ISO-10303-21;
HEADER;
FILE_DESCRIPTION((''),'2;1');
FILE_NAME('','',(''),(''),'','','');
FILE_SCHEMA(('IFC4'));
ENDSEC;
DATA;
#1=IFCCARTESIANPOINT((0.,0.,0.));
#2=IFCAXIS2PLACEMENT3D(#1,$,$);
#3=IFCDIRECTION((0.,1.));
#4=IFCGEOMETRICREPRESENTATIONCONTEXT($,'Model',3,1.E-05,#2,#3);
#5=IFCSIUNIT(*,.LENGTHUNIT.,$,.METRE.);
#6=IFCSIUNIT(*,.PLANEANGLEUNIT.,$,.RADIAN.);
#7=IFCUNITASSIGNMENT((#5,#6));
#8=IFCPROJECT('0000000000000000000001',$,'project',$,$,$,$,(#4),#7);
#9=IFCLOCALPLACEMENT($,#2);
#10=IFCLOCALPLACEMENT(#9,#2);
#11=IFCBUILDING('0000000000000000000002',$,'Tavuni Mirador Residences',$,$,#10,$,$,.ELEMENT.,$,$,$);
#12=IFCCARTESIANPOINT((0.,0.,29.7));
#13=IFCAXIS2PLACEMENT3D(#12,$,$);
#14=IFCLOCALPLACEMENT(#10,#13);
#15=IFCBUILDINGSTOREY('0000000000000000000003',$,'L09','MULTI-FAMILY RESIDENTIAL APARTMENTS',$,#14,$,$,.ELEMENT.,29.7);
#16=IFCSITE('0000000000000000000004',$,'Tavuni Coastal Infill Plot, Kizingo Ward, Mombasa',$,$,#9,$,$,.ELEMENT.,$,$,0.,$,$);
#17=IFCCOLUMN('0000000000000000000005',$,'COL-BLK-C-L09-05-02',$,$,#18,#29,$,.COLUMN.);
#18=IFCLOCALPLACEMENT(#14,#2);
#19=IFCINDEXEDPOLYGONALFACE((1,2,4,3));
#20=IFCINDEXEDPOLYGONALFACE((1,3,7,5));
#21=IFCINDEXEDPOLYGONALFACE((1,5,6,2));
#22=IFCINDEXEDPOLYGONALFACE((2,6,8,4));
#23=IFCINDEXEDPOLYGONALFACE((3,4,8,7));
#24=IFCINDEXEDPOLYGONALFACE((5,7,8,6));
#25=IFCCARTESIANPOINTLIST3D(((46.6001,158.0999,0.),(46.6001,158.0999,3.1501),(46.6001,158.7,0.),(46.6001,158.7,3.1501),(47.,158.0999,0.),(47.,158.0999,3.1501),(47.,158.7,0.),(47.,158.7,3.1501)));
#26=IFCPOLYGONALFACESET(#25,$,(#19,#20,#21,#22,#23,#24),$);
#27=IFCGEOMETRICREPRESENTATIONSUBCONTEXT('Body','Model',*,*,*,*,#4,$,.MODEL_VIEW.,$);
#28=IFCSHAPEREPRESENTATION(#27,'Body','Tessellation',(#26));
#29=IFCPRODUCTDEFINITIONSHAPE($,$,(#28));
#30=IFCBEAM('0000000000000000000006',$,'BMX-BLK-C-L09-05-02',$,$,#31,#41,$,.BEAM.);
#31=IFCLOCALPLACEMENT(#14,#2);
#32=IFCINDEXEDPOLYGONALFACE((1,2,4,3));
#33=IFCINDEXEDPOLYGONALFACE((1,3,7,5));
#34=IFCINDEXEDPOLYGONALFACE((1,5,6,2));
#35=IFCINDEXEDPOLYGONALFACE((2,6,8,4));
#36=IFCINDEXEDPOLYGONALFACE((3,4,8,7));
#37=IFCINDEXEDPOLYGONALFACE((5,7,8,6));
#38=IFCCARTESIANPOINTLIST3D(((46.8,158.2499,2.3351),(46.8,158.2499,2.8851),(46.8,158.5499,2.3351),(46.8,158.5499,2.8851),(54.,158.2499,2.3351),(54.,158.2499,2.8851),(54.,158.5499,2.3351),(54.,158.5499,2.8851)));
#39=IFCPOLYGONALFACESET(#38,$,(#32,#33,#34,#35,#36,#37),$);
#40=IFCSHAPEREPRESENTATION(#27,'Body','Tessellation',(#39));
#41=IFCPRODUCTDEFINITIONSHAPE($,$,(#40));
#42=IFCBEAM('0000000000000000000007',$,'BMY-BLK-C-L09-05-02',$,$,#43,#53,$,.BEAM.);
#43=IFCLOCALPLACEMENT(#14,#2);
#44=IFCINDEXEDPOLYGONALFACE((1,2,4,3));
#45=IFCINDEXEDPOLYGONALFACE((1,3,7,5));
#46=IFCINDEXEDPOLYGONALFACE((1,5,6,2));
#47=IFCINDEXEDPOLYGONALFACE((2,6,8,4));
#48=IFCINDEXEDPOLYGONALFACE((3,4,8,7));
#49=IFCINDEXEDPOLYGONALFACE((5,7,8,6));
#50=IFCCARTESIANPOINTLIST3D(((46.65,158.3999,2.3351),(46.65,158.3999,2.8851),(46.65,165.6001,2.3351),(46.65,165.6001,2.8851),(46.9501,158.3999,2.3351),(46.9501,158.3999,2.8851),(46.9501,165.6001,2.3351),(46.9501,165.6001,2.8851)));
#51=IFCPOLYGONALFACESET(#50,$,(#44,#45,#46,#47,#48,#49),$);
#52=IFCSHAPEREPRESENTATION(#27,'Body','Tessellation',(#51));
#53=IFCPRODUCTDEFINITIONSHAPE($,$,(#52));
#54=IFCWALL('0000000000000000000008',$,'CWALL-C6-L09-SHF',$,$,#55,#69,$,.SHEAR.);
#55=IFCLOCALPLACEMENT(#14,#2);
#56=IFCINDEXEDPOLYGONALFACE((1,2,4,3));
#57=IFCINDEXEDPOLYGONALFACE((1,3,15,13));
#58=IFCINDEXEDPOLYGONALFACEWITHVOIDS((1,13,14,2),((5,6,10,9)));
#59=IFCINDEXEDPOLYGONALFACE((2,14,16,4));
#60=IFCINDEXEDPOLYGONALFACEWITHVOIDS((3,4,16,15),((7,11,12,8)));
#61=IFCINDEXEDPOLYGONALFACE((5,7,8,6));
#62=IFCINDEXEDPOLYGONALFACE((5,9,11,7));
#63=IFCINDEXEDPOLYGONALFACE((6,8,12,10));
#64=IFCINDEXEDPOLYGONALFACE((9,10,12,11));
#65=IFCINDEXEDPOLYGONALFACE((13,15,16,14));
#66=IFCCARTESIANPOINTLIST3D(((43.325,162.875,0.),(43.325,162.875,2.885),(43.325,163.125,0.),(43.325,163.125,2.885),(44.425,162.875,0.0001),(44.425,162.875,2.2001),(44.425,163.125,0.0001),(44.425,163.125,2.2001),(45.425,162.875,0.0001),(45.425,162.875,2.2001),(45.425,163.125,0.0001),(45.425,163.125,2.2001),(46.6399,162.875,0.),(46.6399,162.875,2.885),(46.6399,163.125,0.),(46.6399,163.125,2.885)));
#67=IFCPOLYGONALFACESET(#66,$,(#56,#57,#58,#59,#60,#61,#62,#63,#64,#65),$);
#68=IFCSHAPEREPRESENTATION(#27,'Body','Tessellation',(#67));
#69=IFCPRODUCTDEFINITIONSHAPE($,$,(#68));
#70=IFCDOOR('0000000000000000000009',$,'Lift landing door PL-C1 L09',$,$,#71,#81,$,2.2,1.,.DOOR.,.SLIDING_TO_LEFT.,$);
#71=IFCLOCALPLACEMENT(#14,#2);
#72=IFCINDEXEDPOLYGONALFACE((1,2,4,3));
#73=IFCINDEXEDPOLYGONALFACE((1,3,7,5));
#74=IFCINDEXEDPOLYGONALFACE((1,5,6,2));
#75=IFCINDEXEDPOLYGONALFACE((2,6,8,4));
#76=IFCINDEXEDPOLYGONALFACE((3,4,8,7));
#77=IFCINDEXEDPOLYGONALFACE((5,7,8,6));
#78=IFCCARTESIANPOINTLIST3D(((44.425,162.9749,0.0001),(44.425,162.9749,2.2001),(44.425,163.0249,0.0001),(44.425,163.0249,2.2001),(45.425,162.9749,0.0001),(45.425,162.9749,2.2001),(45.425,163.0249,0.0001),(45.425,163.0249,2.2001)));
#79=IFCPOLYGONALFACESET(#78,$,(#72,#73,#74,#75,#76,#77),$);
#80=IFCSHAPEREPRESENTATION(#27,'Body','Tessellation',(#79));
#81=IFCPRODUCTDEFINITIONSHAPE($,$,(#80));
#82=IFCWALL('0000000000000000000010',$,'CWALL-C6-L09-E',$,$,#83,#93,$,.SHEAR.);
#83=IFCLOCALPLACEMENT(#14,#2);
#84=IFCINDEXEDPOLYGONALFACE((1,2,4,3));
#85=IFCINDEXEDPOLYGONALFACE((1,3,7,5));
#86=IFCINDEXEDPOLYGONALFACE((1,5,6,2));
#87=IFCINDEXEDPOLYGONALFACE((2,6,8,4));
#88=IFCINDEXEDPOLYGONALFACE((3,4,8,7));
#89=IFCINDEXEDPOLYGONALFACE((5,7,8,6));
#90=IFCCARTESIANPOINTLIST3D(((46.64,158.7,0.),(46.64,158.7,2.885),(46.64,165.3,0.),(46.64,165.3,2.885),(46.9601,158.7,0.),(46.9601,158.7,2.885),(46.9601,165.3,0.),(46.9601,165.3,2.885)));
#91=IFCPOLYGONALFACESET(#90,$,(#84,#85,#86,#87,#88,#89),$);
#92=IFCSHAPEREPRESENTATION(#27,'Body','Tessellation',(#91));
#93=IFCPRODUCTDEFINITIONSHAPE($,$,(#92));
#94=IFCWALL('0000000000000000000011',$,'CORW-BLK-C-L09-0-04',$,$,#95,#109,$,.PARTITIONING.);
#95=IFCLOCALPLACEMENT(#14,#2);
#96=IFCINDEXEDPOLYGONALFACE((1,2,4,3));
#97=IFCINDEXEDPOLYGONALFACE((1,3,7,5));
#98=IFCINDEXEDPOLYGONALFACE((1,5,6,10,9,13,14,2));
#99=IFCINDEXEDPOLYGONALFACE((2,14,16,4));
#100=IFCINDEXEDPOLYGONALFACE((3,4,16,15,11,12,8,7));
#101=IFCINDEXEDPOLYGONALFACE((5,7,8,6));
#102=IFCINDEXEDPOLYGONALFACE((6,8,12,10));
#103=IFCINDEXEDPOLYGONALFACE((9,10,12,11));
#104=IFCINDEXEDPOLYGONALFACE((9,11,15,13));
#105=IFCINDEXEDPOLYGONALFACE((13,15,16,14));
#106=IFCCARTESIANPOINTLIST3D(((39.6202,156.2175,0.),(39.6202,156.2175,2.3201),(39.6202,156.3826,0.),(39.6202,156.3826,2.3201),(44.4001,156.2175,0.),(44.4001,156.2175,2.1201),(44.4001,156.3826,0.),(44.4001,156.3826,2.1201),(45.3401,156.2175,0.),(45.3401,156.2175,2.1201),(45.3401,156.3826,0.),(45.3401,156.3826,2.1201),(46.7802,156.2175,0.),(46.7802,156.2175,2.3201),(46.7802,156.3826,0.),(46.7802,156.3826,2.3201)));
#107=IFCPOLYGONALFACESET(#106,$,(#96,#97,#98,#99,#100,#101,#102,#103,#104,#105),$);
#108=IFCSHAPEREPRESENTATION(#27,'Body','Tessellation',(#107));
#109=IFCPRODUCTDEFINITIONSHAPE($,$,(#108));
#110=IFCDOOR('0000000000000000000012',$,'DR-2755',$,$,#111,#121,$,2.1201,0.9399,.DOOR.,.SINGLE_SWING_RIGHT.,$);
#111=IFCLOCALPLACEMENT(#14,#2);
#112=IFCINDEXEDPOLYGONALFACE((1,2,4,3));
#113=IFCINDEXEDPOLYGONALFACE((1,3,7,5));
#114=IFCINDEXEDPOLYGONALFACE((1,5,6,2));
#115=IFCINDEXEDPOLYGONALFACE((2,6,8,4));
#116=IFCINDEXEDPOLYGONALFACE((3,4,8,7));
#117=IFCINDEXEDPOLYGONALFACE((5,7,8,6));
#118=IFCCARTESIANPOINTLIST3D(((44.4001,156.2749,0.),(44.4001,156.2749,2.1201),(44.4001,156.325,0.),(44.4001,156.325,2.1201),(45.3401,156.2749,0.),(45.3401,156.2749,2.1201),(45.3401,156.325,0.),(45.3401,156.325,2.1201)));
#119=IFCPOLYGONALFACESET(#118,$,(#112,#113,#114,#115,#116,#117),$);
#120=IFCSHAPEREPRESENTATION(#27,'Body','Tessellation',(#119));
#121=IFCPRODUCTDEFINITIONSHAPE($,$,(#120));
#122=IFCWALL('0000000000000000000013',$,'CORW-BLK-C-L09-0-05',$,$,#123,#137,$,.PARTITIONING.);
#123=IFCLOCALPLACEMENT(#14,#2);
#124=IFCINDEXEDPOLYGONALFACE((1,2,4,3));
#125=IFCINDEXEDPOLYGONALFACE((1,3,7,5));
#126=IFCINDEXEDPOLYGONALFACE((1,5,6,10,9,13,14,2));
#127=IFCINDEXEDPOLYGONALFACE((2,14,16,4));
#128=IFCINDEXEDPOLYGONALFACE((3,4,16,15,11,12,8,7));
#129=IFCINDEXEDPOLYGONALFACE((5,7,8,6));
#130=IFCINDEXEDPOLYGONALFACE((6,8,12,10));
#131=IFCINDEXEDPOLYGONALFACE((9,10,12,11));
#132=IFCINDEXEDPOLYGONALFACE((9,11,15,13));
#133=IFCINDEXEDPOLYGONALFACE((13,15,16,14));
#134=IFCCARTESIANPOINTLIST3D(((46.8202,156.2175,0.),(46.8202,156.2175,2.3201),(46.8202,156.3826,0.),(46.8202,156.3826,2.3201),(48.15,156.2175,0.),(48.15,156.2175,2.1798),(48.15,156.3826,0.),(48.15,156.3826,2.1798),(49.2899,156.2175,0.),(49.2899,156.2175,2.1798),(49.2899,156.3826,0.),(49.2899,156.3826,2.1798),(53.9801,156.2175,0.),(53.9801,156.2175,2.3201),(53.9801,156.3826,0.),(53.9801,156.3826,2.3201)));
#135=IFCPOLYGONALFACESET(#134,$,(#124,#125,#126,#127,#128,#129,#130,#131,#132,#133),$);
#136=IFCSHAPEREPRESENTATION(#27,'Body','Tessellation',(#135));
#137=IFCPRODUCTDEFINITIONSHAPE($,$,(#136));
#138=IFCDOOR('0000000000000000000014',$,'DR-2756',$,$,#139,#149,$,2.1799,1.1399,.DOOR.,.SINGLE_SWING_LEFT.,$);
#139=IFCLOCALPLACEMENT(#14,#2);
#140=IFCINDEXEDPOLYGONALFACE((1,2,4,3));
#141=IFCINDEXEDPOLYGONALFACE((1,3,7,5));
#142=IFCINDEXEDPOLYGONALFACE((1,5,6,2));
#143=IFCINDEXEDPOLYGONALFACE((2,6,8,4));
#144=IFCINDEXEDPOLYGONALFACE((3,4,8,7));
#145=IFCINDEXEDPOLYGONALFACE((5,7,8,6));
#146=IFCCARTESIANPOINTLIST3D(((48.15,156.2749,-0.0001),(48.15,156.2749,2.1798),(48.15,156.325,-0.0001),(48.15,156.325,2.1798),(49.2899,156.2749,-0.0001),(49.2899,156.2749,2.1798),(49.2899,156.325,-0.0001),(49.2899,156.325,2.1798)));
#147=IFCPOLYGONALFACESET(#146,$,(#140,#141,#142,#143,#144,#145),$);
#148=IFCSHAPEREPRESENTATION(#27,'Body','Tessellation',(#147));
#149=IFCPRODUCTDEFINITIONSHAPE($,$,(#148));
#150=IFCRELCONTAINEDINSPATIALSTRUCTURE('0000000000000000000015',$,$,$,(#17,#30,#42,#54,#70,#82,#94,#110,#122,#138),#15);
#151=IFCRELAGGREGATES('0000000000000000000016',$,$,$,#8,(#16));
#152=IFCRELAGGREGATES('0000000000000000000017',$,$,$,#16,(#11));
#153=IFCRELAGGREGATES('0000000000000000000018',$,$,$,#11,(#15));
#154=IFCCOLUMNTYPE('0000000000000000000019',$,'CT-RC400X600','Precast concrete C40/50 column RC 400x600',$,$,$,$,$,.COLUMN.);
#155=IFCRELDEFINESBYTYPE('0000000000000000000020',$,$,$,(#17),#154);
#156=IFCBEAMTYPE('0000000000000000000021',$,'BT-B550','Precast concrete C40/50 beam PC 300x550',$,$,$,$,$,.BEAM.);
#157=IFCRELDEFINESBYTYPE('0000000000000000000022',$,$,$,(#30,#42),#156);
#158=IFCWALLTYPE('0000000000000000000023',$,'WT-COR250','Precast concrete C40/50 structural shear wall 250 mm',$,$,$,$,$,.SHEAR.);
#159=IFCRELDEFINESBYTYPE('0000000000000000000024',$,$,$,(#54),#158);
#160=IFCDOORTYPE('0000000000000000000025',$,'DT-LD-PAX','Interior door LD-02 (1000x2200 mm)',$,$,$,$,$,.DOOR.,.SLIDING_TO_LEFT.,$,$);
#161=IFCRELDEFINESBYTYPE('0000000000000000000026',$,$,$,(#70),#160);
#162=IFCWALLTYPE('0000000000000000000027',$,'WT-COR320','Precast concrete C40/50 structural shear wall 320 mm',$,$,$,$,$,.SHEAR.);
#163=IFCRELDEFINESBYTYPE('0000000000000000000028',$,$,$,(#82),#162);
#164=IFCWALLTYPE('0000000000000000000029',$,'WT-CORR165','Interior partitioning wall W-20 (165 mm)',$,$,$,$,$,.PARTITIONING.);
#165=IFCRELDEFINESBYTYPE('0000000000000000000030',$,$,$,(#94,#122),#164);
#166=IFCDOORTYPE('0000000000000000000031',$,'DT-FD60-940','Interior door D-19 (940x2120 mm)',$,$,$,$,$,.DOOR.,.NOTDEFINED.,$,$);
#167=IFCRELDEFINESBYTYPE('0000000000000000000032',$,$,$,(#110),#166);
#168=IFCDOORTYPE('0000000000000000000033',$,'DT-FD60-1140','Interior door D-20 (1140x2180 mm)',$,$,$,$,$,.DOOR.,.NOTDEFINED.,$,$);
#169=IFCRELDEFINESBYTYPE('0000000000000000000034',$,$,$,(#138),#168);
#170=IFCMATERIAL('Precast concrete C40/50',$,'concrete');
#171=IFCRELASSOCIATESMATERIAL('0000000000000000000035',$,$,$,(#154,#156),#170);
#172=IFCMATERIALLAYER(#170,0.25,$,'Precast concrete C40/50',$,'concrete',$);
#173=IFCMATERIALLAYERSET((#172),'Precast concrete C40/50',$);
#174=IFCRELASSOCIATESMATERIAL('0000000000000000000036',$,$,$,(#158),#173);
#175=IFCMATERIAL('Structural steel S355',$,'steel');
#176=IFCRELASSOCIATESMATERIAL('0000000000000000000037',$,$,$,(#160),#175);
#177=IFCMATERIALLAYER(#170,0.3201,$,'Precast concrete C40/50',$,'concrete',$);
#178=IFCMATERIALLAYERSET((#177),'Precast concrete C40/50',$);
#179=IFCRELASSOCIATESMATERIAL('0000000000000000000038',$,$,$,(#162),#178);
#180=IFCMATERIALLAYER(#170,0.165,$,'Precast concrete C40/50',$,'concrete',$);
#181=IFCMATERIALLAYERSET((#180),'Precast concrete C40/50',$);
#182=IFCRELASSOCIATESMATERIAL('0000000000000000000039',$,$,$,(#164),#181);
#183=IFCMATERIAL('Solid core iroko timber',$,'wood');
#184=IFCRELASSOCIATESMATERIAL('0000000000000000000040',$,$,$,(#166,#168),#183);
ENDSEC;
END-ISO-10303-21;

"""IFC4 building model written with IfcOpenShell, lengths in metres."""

from ifc_helpers import new_model, si_unit, direction, frame, frame_2d, origin, origin_2d, place, context, subcontext, project, spatial, rectangle, extrude, material, layer, layer_set, material_profile, profile_set, type_object, element, fill, save


model = new_model("IFC4")

# Units and contexts
model_context = context("Model", 3, precision=1e-05, world=origin(), true_north=direction((0.0, 1.0)))
body_context = subcontext(model_context, "Body", "Model", "MODEL_VIEW")
ifc_project = project(units=[si_unit("LENGTHUNIT", "METRE"), si_unit("PLANEANGLEUNIT", "RADIAN")], contexts=[model_context])

# Site, building, storey
site_placement = place(None, origin())
site = spatial("IfcSite", under=ifc_project, at=site_placement, Name="Tavuni Coastal Infill Plot, Kizingo Ward, Mombasa", CompositionType="ELEMENT", RefElevation=0.0)
building_placement = place(site_placement, origin())
building = spatial("IfcBuilding", under=site, at=building_placement, Name="Tavuni Mirador Residences", CompositionType="ELEMENT")
storey_placement = place(building_placement, frame((0.0, 0.0, 29.7)))
storey = spatial("IfcBuildingStorey", under=building, at=storey_placement, Name="L09", Description="MULTI-FAMILY RESIDENTIAL APARTMENTS", CompositionType="ELEMENT", Elevation=29.7)

# Column
ifc_material_1 = material(Name="Precast concrete C40/50", Category="concrete")
ifc_material_profile_1 = material_profile(ifc_material_1, rectangle(XDim=0.3999, YDim=0.6001, at=origin_2d()), Name="RC 400x600", Category="concrete")
ifc_profile_set_1 = profile_set([ifc_material_profile_1], Name="Precast concrete C40/50")
column_type = type_object("IfcColumnType", Name="CT-RC400X600", Description="Precast concrete C40/50 column RC 400x600", PredefinedType="COLUMN", material=ifc_profile_set_1)
column_placement = place(storey_placement, frame((46.8, 158.3999, 0.0), z_axis=(0.0, 0.0, 1.0), x_axis=(1.0, 0.0, 0.0)))
element("IfcColumn", 1, at=column_placement, inside=storey, type_object=column_type, Name="COL-BLK-C-L09-05-02", PredefinedType="COLUMN", context=body_context, shape_type="SweptSolid", body=[
    extrude(rectangle(XDim=0.3999, YDim=0.6001, at=origin_2d()), origin(), (0.0, 0.0, 1.0), 3.1501),
])

# Beams
ifc_material_profile_2 = material_profile(ifc_material_1, rectangle(XDim=0.3, YDim=0.55, at=origin_2d()), Name="PC 300x550", Category="concrete")
ifc_profile_set_2 = profile_set([ifc_material_profile_2], Name="Precast concrete C40/50")
beam_type = type_object("IfcBeamType", Name="BT-B550", Description="Precast concrete C40/50 beam PC 300x550", PredefinedType="BEAM", material=ifc_profile_set_2)
beam_1_placement = place(storey_placement, frame((46.8, 158.3999, 2.6101), z_axis=(1.0, 0.0, 0.0), x_axis=(0.0, 1.0, 0.0)))
element("IfcBeam", 2, at=beam_1_placement, inside=storey, type_object=beam_type, Name="BMX-BLK-C-L09-05-02", PredefinedType="BEAM", context=body_context, shape_type="SweptSolid", body=[
    extrude(rectangle(XDim=0.3, YDim=0.55, at=origin_2d()), origin(), (0.0, 0.0, 1.0), 7.2),
])
beam_2_placement = place(storey_placement, frame((46.8, 158.3999, 2.6101), z_axis=(0.0, 1.0, 0.0), x_axis=(-1.0, 0.0, 0.0)))
element("IfcBeam", 3, at=beam_2_placement, inside=storey, type_object=beam_type, Name="BMY-BLK-C-L09-05-02", PredefinedType="BEAM", context=body_context, shape_type="SweptSolid", body=[
    extrude(rectangle(XDim=0.3, YDim=0.55, at=origin_2d()), origin(), (0.0, 0.0, 1.0), 7.2002),
])

# Wall, opening, door
ifc_layer_1 = layer(ifc_material_1, 0.25, Name="Precast concrete C40/50", Category="concrete")
ifc_layer_set_1 = layer_set([ifc_layer_1], Name="Precast concrete C40/50")
wall_type_1 = type_object("IfcWallType", Name="WT-COR250", Description="Precast concrete C40/50 structural shear wall 250 mm", PredefinedType="SHEAR", material=ifc_layer_set_1)
ifc_material_2 = material(Name="Solid core iroko timber", Category="wood")
wall_1_placement = place(storey_placement, frame((43.325, 163.0, 0.0), z_axis=(0.0, 0.0, 1.0), x_axis=(1.0, 0.0, 0.0)))
wall_1 = element("IfcWall", 4, at=wall_1_placement, inside=storey, type_object=wall_type_1, Name="CWALL-C6-L09-SHF", PredefinedType="SHEAR", context=body_context, shape_type="SweptSolid", body=[
    extrude(rectangle(XDim=3.3149, YDim=0.25, at=frame_2d((1.6575, 0.0))), origin(), (0.0, 0.0, 1.0), 2.885),
])
opening_1_placement = place(wall_1_placement, frame((1.1001, 0.0, 0.0)))
opening_1 = element("IfcOpeningElement", 5, at=opening_1_placement, cuts=wall_1, PredefinedType="OPENING", context=body_context, shape_type="SweptSolid", body=[
    extrude(rectangle(XDim=1.0, YDim=2.2, at=frame_2d((0.5, 1.1001))), frame((0.0, 0.135, 0.0), z_axis=(0.0, -1.0, 0.0), x_axis=(1.0, 0.0, 0.0)), (0.0, 0.0, 1.0), 0.27),
])
ifc_material_3 = material(Name="Structural steel S355", Category="steel")
door_type_1 = type_object("IfcDoorType", Name="DT-LD-PAX", Description="Interior door LD-02 (1000x2200 mm)", OperationType="SLIDING_TO_LEFT", PredefinedType="DOOR", material=ifc_material_3)
door_1_placement = place(opening_1_placement, origin())
door_1 = element("IfcDoor", 6, at=door_1_placement, inside=storey, type_object=door_type_1, Name="Lift landing door PL-C1 L09", OperationType="SLIDING_TO_LEFT", OverallHeight=2.2, OverallWidth=1.0, PredefinedType="DOOR", context=body_context, shape_type="SweptSolid", body=[
    extrude(rectangle(XDim=1.0, YDim=2.2, at=frame_2d((0.5, 1.1001))), frame((0.0, 0.0249, 0.0), z_axis=(0.0, -1.0, 0.0), x_axis=(1.0, 0.0, 0.0)), (0.0, 0.0, 1.0), 0.05),
])
fill(opening_1, door_1)

# Wall
ifc_layer_2 = layer(ifc_material_1, 0.3201, Name="Precast concrete C40/50", Category="concrete")
ifc_layer_set_2 = layer_set([ifc_layer_2], Name="Precast concrete C40/50")
wall_type_2 = type_object("IfcWallType", Name="WT-COR320", Description="Precast concrete C40/50 structural shear wall 320 mm", PredefinedType="SHEAR", material=ifc_layer_set_2)
wall_2_placement = place(storey_placement, frame((46.8, 158.7, 0.0), z_axis=(0.0, 0.0, 1.0), x_axis=(0.0, 1.0, 0.0)))
element("IfcWall", 7, at=wall_2_placement, inside=storey, type_object=wall_type_2, Name="CWALL-C6-L09-E", PredefinedType="SHEAR", context=body_context, shape_type="SweptSolid", body=[
    extrude(rectangle(XDim=6.6001, YDim=0.3201, at=frame_2d((3.3, 0.0))), origin(), (0.0, 0.0, 1.0), 2.885),
])

# Walls, openings, doors
ifc_layer_3 = layer(ifc_material_1, 0.165, Name="Precast concrete C40/50", Category="concrete")
ifc_layer_set_3 = layer_set([ifc_layer_3], Name="Precast concrete C40/50")
wall_type_3 = type_object("IfcWallType", Name="WT-CORR165", Description="Interior partitioning wall W-20 (165 mm)", PredefinedType="PARTITIONING", material=ifc_layer_set_3)
wall_3_placement = place(storey_placement, frame((39.6201, 156.3, 0.0), z_axis=(0.0, 0.0, 1.0), x_axis=(1.0, 0.0, 0.0)))
wall_3 = element("IfcWall", 8, at=wall_3_placement, inside=storey, type_object=wall_type_3, Name="CORW-BLK-C-L09-0-04", PredefinedType="PARTITIONING", context=body_context, shape_type="SweptSolid", body=[
    extrude(rectangle(XDim=7.1599, YDim=0.165, at=frame_2d((3.5801, 0.0))), origin(), (0.0, 0.0, 1.0), 2.3201),
])
opening_2_placement = place(wall_3_placement, frame((4.78, 0.0, 0.0)))
opening_2 = element("IfcOpeningElement", 9, at=opening_2_placement, cuts=wall_3, PredefinedType="OPENING", context=body_context, shape_type="SweptSolid", body=[
    extrude(rectangle(XDim=0.9399, YDim=2.1201, at=frame_2d((0.47, 1.0601))), frame((0.0, 0.0925, 0.0), z_axis=(0.0, -1.0, 0.0), x_axis=(1.0, 0.0, 0.0)), (0.0, 0.0, 1.0), 0.1851),
])
door_type_2 = type_object("IfcDoorType", Name="DT-FD60-940", Description="Interior door D-19 (940x2120 mm)", OperationType="NOTDEFINED", PredefinedType="DOOR", material=ifc_material_2)
door_2_placement = place(opening_2_placement, origin())
door_2 = element("IfcDoor", 10, at=door_2_placement, inside=storey, type_object=door_type_2, Name="DR-2755", OperationType="SINGLE_SWING_RIGHT", OverallHeight=2.1201, OverallWidth=0.9399, PredefinedType="DOOR", context=body_context, shape_type="SweptSolid", body=[
    extrude(rectangle(XDim=0.9399, YDim=2.1201, at=frame_2d((0.47, 1.0601))), frame((0.0, 0.0249, 0.0), z_axis=(0.0, -1.0, 0.0), x_axis=(1.0, 0.0, 0.0)), (0.0, 0.0, 1.0), 0.05),
])
fill(opening_2, door_2)
wall_4_placement = place(storey_placement, frame((46.8201, 156.3, 0.0), z_axis=(0.0, 0.0, 1.0), x_axis=(1.0, 0.0, 0.0)))
wall_4 = element("IfcWall", 11, at=wall_4_placement, inside=storey, type_object=wall_type_3, Name="CORW-BLK-C-L09-0-05", PredefinedType="PARTITIONING", context=body_context, shape_type="SweptSolid", body=[
    extrude(rectangle(XDim=7.1599, YDim=0.165, at=frame_2d((3.5801, 0.0))), origin(), (0.0, 0.0, 1.0), 2.3201),
])
opening_3_placement = place(wall_4_placement, frame((1.3301, 0.0, 0.0)))
opening_3 = element("IfcOpeningElement", 12, at=opening_3_placement, cuts=wall_4, PredefinedType="OPENING", context=body_context, shape_type="SweptSolid", body=[
    extrude(rectangle(XDim=1.1399, YDim=2.1799, at=frame_2d((0.5698, 1.0898))), frame((0.0, 0.0925, 0.0), z_axis=(0.0, -1.0, 0.0), x_axis=(1.0, 0.0, 0.0)), (0.0, 0.0, 1.0), 0.1851),
])
door_type_3 = type_object("IfcDoorType", Name="DT-FD60-1140", Description="Interior door D-20 (1140x2180 mm)", OperationType="NOTDEFINED", PredefinedType="DOOR", material=ifc_material_2)
door_3_placement = place(opening_3_placement, origin())
door_3 = element("IfcDoor", 13, at=door_3_placement, inside=storey, type_object=door_type_3, Name="DR-2756", OperationType="SINGLE_SWING_LEFT", OverallHeight=2.1799, OverallWidth=1.1399, PredefinedType="DOOR", context=body_context, shape_type="SweptSolid", body=[
    extrude(rectangle(XDim=1.1399, YDim=2.1799, at=frame_2d((0.5698, 1.0898))), frame((0.0, 0.0249, 0.0), z_axis=(0.0, -1.0, 0.0), x_axis=(1.0, 0.0, 0.0)), (0.0, 0.0, 1.0), 0.05),
])
fill(opening_3, door_3)

save(model, "model.ifc")
